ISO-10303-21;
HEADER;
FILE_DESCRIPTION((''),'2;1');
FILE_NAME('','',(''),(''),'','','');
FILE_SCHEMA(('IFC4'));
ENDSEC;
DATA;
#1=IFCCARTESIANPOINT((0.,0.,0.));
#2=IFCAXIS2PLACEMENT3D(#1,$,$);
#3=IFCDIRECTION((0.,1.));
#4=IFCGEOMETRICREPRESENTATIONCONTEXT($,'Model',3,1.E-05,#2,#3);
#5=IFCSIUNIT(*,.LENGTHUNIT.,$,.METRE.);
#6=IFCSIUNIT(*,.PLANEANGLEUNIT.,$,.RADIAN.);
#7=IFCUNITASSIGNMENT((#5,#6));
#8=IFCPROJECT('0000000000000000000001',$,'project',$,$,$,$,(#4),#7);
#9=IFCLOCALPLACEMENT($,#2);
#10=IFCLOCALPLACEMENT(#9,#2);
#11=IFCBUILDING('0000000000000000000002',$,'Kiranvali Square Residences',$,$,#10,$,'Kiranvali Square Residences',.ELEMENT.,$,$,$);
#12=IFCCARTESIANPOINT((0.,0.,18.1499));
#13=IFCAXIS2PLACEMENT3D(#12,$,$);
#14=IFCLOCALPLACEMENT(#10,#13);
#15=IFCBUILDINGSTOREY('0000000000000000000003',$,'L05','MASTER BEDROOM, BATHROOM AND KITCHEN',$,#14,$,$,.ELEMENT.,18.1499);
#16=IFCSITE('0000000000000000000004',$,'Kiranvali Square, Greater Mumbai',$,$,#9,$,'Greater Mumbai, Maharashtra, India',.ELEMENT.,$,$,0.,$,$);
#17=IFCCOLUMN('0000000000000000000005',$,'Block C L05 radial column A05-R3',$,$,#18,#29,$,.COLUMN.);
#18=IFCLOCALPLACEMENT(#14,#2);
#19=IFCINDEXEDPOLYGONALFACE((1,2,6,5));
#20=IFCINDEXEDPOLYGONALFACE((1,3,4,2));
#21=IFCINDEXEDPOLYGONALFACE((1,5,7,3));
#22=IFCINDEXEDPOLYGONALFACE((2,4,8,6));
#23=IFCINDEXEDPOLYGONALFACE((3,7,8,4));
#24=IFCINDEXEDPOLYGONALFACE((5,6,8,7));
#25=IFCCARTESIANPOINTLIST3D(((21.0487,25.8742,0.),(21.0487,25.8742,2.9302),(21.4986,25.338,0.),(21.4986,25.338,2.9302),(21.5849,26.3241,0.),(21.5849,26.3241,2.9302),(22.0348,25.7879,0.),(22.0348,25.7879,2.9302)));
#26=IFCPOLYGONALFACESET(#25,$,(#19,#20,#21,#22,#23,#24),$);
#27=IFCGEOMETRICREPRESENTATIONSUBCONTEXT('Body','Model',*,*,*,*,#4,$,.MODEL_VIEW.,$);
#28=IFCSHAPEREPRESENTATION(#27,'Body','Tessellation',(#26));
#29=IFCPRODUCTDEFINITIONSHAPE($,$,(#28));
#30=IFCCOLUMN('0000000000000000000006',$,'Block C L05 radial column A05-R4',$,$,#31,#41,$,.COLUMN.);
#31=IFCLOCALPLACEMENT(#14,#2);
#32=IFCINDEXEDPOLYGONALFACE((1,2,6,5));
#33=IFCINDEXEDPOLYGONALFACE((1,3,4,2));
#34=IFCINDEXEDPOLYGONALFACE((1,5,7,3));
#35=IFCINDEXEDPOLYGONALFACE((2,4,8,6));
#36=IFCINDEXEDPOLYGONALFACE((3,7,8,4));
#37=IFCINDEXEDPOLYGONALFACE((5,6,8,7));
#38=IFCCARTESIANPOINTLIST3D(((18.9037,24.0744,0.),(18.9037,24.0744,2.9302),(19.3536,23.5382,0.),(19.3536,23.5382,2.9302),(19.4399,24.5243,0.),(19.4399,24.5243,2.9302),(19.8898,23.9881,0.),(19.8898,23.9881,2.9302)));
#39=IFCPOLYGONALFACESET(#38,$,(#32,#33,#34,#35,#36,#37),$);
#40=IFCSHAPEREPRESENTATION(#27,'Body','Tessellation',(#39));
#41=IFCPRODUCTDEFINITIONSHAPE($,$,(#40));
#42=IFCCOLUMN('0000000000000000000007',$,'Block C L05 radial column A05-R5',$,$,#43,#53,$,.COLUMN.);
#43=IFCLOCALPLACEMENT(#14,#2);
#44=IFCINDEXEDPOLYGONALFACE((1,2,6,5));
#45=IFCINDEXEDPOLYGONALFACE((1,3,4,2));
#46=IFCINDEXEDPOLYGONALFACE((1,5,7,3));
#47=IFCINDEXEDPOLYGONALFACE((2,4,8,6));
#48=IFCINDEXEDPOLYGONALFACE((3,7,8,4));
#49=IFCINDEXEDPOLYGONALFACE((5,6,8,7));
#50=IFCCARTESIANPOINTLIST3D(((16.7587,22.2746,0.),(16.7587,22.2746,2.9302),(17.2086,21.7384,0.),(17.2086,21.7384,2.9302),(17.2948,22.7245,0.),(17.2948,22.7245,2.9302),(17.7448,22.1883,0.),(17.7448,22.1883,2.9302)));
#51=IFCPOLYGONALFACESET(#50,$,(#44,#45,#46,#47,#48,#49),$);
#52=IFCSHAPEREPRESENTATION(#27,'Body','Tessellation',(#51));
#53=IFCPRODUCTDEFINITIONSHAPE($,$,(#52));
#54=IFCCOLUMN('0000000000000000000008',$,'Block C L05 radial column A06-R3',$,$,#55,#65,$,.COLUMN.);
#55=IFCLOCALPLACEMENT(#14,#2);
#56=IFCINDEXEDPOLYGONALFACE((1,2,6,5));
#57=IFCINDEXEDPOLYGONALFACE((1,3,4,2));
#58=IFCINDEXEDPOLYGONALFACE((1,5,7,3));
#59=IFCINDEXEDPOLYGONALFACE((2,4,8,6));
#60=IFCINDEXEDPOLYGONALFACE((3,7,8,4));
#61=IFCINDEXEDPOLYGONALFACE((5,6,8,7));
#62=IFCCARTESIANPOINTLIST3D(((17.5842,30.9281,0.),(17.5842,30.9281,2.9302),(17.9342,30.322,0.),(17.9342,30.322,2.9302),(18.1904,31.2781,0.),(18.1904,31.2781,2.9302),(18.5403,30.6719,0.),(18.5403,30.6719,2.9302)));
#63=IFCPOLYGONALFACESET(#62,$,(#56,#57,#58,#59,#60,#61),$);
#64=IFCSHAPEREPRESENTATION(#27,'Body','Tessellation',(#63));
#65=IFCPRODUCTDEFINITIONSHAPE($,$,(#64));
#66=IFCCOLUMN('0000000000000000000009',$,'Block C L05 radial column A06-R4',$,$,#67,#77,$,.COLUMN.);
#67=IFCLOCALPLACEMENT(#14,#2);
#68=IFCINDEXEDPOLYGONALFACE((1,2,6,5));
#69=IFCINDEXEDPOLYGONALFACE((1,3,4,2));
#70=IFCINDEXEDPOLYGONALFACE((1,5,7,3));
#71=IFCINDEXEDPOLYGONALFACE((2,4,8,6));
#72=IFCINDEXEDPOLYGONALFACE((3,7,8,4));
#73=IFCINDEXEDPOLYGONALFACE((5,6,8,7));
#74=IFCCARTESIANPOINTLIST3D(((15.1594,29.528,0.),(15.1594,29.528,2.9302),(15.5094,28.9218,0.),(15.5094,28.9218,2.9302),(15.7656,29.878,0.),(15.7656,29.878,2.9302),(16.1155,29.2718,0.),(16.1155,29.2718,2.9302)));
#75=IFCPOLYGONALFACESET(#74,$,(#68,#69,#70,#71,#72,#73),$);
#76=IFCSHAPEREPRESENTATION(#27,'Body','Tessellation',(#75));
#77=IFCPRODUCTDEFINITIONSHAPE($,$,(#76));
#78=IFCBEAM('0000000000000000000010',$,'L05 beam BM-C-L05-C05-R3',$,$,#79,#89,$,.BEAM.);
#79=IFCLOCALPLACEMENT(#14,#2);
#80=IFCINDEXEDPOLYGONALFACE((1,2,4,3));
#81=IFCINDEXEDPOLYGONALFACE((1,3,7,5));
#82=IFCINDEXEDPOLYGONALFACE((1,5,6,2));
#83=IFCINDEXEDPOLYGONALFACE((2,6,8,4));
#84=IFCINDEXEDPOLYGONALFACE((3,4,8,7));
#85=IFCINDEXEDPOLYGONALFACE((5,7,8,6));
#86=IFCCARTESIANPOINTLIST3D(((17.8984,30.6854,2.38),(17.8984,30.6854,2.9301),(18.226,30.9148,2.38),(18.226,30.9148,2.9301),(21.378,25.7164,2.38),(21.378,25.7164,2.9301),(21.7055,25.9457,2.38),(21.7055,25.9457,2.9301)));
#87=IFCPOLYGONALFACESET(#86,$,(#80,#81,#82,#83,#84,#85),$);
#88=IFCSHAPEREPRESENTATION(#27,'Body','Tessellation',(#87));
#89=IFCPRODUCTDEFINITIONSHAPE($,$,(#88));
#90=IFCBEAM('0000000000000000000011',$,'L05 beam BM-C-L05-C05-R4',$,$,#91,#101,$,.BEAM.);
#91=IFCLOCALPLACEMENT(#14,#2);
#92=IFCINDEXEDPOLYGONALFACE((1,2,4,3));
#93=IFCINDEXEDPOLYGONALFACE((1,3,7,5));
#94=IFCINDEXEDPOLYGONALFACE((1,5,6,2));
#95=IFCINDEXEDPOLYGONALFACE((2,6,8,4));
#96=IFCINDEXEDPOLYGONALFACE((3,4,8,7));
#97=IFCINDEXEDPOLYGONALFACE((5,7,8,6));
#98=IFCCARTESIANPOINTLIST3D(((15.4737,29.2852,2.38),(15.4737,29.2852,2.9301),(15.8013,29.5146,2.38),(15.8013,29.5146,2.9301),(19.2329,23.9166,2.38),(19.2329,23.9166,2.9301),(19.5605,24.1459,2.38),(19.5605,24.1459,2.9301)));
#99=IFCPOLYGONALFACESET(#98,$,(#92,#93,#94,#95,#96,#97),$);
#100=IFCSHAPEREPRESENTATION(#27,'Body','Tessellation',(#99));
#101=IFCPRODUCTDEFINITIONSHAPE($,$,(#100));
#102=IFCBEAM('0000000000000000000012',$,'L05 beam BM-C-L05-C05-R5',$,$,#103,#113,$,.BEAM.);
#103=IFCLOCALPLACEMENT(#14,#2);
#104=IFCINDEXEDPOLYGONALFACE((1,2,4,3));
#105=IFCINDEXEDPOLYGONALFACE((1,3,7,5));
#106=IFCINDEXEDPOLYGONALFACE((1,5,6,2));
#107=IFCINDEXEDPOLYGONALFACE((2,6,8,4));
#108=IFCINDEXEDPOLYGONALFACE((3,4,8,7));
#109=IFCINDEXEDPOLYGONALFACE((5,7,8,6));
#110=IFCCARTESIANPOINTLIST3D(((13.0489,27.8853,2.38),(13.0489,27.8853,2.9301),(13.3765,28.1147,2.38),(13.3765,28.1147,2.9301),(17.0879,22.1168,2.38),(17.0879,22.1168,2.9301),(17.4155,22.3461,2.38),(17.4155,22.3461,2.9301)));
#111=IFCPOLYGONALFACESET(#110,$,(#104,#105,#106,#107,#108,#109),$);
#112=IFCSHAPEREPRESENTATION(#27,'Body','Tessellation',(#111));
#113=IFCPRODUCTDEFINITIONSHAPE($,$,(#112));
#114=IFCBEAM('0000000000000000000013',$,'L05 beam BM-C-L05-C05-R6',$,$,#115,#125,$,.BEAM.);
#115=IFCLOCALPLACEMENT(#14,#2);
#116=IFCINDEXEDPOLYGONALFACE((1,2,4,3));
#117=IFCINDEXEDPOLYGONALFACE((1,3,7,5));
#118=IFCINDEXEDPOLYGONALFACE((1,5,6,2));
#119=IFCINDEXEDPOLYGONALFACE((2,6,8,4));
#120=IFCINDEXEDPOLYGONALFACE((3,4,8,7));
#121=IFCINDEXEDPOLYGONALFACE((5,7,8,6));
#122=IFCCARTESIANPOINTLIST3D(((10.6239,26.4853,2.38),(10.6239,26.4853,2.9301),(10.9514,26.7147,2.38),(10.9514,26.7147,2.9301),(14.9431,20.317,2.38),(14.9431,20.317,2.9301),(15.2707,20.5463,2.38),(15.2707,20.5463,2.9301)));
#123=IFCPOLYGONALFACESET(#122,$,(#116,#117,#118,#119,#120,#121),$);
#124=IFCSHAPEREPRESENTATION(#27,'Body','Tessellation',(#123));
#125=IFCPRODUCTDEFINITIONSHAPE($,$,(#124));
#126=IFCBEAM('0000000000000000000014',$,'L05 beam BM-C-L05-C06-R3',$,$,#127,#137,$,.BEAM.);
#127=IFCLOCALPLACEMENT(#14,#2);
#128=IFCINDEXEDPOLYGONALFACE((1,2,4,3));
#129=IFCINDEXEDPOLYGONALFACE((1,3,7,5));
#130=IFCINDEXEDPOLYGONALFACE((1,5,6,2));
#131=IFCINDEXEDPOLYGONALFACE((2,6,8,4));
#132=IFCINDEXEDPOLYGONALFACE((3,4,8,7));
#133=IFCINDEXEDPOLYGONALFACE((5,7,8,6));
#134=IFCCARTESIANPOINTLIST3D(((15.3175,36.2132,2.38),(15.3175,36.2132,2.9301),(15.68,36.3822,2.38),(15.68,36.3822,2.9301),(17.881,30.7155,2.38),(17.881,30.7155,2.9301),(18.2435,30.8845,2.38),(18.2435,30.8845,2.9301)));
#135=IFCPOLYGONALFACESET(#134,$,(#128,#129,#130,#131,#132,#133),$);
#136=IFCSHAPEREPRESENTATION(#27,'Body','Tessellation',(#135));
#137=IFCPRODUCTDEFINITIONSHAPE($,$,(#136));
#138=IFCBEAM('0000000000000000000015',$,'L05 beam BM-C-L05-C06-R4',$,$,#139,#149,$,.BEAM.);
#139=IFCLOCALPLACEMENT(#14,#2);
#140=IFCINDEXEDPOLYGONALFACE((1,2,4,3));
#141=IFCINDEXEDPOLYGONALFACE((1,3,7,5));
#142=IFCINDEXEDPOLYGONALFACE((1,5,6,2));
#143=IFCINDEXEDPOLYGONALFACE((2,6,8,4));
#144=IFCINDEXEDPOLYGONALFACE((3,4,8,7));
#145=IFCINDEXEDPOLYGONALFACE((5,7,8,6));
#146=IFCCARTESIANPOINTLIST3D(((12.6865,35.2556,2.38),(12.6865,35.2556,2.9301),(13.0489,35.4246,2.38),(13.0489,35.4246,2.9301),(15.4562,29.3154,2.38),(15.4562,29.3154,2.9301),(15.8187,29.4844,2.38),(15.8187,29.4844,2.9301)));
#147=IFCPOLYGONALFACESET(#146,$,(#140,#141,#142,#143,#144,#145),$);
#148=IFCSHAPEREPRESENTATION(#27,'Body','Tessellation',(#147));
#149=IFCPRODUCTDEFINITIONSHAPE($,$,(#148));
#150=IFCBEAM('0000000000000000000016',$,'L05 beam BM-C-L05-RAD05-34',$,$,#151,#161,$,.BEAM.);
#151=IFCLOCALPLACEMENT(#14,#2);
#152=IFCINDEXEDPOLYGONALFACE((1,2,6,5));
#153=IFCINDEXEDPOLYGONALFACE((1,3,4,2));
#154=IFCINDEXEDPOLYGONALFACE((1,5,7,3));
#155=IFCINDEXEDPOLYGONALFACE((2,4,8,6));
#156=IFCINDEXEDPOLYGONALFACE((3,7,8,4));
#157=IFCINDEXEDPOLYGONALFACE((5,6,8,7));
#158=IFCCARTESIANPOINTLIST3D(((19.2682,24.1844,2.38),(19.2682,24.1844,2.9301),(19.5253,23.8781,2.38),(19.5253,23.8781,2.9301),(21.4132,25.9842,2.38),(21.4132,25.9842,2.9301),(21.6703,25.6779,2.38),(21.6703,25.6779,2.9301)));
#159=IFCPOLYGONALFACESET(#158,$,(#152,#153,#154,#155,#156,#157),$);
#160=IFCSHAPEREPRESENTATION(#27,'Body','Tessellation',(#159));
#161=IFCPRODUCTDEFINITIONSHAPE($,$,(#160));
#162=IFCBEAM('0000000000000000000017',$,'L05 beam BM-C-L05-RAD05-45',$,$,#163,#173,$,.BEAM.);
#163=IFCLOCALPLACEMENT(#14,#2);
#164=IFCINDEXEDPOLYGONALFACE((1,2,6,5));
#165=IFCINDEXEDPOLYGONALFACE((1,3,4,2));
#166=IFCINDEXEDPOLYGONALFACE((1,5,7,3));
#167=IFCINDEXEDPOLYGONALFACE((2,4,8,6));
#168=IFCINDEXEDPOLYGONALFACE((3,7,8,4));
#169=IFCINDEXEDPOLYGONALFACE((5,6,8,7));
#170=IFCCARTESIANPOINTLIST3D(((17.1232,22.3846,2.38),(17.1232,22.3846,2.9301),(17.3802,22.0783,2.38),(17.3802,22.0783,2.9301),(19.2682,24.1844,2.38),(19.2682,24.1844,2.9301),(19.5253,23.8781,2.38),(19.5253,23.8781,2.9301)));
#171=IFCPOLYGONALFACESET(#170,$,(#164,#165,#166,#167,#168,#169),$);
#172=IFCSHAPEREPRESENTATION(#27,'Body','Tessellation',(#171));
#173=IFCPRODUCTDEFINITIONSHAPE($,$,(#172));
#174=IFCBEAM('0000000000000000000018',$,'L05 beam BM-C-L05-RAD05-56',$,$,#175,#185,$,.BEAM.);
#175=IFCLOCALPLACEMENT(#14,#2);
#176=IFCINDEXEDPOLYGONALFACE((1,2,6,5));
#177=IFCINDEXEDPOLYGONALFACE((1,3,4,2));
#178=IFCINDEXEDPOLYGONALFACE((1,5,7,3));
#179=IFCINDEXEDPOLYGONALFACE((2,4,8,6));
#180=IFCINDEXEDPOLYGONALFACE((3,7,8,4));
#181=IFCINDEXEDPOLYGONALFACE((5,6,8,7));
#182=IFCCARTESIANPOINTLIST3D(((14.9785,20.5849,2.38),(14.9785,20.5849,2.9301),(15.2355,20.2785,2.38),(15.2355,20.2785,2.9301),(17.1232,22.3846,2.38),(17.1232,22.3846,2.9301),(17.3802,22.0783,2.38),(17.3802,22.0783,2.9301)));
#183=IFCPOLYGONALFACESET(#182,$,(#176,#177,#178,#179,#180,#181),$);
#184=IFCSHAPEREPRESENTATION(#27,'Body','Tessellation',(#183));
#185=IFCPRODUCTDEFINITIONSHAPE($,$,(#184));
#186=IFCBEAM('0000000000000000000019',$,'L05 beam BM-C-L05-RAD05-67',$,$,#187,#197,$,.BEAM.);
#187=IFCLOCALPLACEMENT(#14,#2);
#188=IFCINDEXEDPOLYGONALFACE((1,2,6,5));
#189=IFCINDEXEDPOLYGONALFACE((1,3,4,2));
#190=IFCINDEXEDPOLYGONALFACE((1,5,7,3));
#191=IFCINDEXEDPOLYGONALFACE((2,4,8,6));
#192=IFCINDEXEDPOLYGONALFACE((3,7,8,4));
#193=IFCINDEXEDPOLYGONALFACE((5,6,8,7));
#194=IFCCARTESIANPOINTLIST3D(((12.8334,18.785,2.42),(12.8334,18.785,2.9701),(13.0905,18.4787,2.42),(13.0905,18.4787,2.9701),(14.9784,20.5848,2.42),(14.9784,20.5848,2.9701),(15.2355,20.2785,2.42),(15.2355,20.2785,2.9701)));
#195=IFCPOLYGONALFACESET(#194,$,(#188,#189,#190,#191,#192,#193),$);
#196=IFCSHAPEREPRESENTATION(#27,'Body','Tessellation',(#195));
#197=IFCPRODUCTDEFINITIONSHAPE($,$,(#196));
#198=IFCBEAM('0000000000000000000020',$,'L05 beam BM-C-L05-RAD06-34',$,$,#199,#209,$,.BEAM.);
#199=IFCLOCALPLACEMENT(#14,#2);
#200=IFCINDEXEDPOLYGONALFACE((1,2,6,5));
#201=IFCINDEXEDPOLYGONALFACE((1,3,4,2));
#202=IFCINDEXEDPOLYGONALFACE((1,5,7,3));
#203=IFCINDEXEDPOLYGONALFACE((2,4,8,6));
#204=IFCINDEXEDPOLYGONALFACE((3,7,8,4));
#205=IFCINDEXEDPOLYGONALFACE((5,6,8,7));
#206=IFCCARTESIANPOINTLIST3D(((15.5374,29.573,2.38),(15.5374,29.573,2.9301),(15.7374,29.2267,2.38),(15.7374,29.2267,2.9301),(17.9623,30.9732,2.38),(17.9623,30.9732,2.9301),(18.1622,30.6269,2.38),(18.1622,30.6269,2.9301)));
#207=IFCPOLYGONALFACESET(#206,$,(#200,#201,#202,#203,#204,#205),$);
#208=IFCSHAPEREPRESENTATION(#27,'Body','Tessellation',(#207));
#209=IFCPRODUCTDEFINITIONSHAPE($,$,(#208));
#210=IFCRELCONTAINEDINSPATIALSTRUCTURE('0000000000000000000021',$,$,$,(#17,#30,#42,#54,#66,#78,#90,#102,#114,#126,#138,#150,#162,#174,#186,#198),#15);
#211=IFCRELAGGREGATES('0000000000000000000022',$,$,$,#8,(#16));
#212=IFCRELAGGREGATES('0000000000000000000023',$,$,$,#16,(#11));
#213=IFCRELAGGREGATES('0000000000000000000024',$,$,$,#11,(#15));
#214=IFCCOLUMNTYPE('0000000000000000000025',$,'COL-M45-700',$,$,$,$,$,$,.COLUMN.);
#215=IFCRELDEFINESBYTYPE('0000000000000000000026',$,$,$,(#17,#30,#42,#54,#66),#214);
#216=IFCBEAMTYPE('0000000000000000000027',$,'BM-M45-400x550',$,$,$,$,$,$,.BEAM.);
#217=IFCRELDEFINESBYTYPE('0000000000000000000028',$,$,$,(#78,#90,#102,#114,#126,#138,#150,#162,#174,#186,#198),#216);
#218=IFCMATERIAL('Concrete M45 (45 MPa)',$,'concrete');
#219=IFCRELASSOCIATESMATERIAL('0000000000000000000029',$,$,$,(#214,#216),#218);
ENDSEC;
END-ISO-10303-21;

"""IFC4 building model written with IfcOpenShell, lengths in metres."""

from ifc_helpers import new_model, si_unit, direction, frame, origin, origin_2d, place, context, subcontext, project, spatial, rectangle, extrude, material, material_profile, profile_set, type_object, element, save


model = new_model("IFC4")

# Units and contexts
model_context = context("Model", 3, precision=1e-05, world=origin(), true_north=direction((0.0, 1.0)))
body_context = subcontext(model_context, "Body", "Model", "MODEL_VIEW")
ifc_project = project(units=[si_unit("LENGTHUNIT", "METRE"), si_unit("PLANEANGLEUNIT", "RADIAN")], contexts=[model_context])

# Site, building, storey
site_placement = place(None, origin())
site = spatial("IfcSite", under=ifc_project, at=site_placement, Name="Kiranvali Square, Greater Mumbai", LongName="Greater Mumbai, Maharashtra, India", CompositionType="ELEMENT", RefElevation=0.0)
building_placement = place(site_placement, origin())
building = spatial("IfcBuilding", under=site, at=building_placement, Name="Kiranvali Square Residences", LongName="Kiranvali Square Residences", CompositionType="ELEMENT")
storey_placement = place(building_placement, frame((0.0, 0.0, 18.1499)))
storey = spatial("IfcBuildingStorey", under=building, at=storey_placement, Name="L05", Description="MASTER BEDROOM, BATHROOM AND KITCHEN", CompositionType="ELEMENT", Elevation=18.1499)

# Columns
ifc_material_1 = material(Name="Concrete M45 (45 MPa)", Category="concrete")
ifc_material_profile_1 = material_profile(ifc_material_1, rectangle(XDim=0.7, YDim=0.7, at=origin_2d()), Name="RC 700x700")
ifc_profile_set_1 = profile_set([ifc_material_profile_1], Name="Concrete M45 (45 MPa)")
column_type = type_object("IfcColumnType", Name="COL-M45-700", PredefinedType="COLUMN", material=ifc_profile_set_1)
for number, where, z_axis, x_axis, name in (
    (1, (21.5417, 25.8311, 0.0), (0.0, 0.0, 1.0), (-0.642788, 0.766044, 0.0), "Block C L05 radial column A05-R3"),
    (2, (19.3967, 24.0312, 0.0), (0.0, 0.0, 1.0), (-0.642788, 0.766044, 0.0), "Block C L05 radial column A05-R4"),
    (3, (17.2517, 22.2314, 0.0), (0.0, 0.0, 1.0), (-0.642788, 0.766044, 0.0), "Block C L05 radial column A05-R5"),
    (4, (18.0623, 30.8, 0.0), (0.0, 0.0, 1.0), (-0.5, 0.866025, 0.0), "Block C L05 radial column A06-R3"),
    (5, (15.6375, 29.3999, 0.0), (0.0, 0.0, 1.0), (-0.5, 0.866025, 0.0), "Block C L05 radial column A06-R4"),
):
    element("IfcColumn", number, at=place(storey_placement, frame(where, z_axis=z_axis, x_axis=x_axis)), inside=storey, type_object=column_type, Name=name, PredefinedType="COLUMN", context=body_context, shape_type="SweptSolid", body=[
        extrude(rectangle(XDim=0.7, YDim=0.7, at=origin_2d()), origin(), (0.0, 0.0, 1.0), 2.9302),
    ])

# Beams
ifc_material_profile_2 = material_profile(ifc_material_1, rectangle(XDim=0.3999, YDim=0.55, at=origin_2d()), Name="RC 400x550")
ifc_profile_set_2 = profile_set([ifc_material_profile_2], Name="Concrete M45 (45 MPa)")
beam_type = type_object("IfcBeamType", Name="BM-M45-400x550", PredefinedType="BEAM", material=ifc_profile_set_2)
beam_1_placement = place(storey_placement, frame((21.5417, 25.8311, 2.655), z_axis=(-0.573595, 0.819139, 0.0), x_axis=(-0.819139, -0.573595, 0.0)))
element("IfcBeam", 6, at=beam_1_placement, inside=storey, type_object=beam_type, Name="L05 beam BM-C-L05-C05-R3", PredefinedType="BEAM", context=body_context, shape_type="SweptSolid", body=[
    extrude(rectangle(XDim=0.3999, YDim=0.55, at=origin_2d()), origin(), (0.0, 0.0, 1.0), 6.0662),
])
beam_2_placement = place(storey_placement, frame((19.3967, 24.0312, 2.655), z_axis=(-0.573587, 0.819144, 0.0), x_axis=(-0.819144, -0.573587, 0.0)))
element("IfcBeam", 7, at=beam_2_placement, inside=storey, type_object=beam_type, Name="L05 beam BM-C-L05-C05-R4", PredefinedType="BEAM", context=body_context, shape_type="SweptSolid", body=[
    extrude(rectangle(XDim=0.3999, YDim=0.55, at=origin_2d()), origin(), (0.0, 0.0, 1.0), 6.554),
])
beam_3_placement = place(storey_placement, frame((17.2517, 22.2314, 2.655), z_axis=(-0.573565, 0.81916, 0.0), x_axis=(-0.81916, -0.573565, 0.0)))
element("IfcBeam", 8, at=beam_3_placement, inside=storey, type_object=beam_type, Name="L05 beam BM-C-L05-C05-R5", PredefinedType="BEAM", context=body_context, shape_type="SweptSolid", body=[
    extrude(rectangle(XDim=0.3999, YDim=0.55, at=origin_2d()), origin(), (0.0, 0.0, 1.0), 7.042),
])
beam_4_placement = place(storey_placement, frame((15.1069, 20.4316, 2.655), z_axis=(-0.573589, 0.819144, 0.0), x_axis=(-0.819144, -0.573589, 0.0)))
element("IfcBeam", 9, at=beam_4_placement, inside=storey, type_object=beam_type, Name="L05 beam BM-C-L05-C05-R6", PredefinedType="BEAM", context=body_context, shape_type="SweptSolid", body=[
    extrude(rectangle(XDim=0.3999, YDim=0.55, at=origin_2d()), origin(), (0.0, 0.0, 1.0), 7.5303),
])
beam_5_placement = place(storey_placement, frame((18.0623, 30.8, 2.655), z_axis=(-0.422608, 0.906313, 0.0), x_axis=(-0.906313, -0.422608, 0.0)))
element("IfcBeam", 10, at=beam_5_placement, inside=storey, type_object=beam_type, Name="L05 beam BM-C-L05-C06-R3", PredefinedType="BEAM", context=body_context, shape_type="SweptSolid", body=[
    extrude(rectangle(XDim=0.3999, YDim=0.55, at=origin_2d()), origin(), (0.0, 0.0, 1.0), 6.0659),
])
beam_6_placement = place(storey_placement, frame((15.6375, 29.3999, 2.655), z_axis=(-0.422596, 0.906318, 0.0), x_axis=(-0.906318, -0.422596, 0.0)))
element("IfcBeam", 11, at=beam_6_placement, inside=storey, type_object=beam_type, Name="L05 beam BM-C-L05-C06-R4", PredefinedType="BEAM", context=body_context, shape_type="SweptSolid", body=[
    extrude(rectangle(XDim=0.3999, YDim=0.55, at=origin_2d()), origin(), (0.0, 0.0, 1.0), 6.5542),
])
for number, where, z_axis, x_axis, name in (
    (12, (21.5417, 25.8311, 2.655), (-0.766059, -0.642771, 0.0), (0.642771, -0.766059, 0.0), "L05 beam BM-C-L05-RAD05-34"),
    (13, (19.3967, 24.0312, 2.655), (-0.766059, -0.642771, 0.0), (0.642771, -0.766059, 0.0), "L05 beam BM-C-L05-RAD05-45"),
):
    element("IfcBeam", number, at=place(storey_placement, frame(where, z_axis=z_axis, x_axis=x_axis)), inside=storey, type_object=beam_type, Name=name, PredefinedType="BEAM", context=body_context, shape_type="SweptSolid", body=[
        extrude(rectangle(XDim=0.3999, YDim=0.55, at=origin_2d()), origin(), (0.0, 0.0, 1.0), 2.8),
    ])
beam_7_placement = place(storey_placement, frame((17.2517, 22.2314, 2.655), z_axis=(-0.766023, -0.642814, 0.0), x_axis=(0.642814, -0.766023, 0.0)))
element("IfcBeam", 14, at=beam_7_placement, inside=storey, type_object=beam_type, Name="L05 beam BM-C-L05-RAD05-56", PredefinedType="BEAM", context=body_context, shape_type="SweptSolid", body=[
    extrude(rectangle(XDim=0.3999, YDim=0.55, at=origin_2d()), origin(), (0.0, 0.0, 1.0), 2.7998),
])
for number, where, z_axis, x_axis, name in (
    (15, (15.1069, 20.4316, 2.6951), (-0.766059, -0.642771, 0.0), (0.642771, -0.766059, 0.0), "L05 beam BM-C-L05-RAD05-67"),
    (16, (18.0623, 30.8, 2.655), (-0.865997, -0.50005, 0.0), (0.50005, -0.865997, 0.0), "L05 beam BM-C-L05-RAD06-34"),
):
    element("IfcBeam", number, at=place(storey_placement, frame(where, z_axis=z_axis, x_axis=x_axis)), inside=storey, type_object=beam_type, Name=name, PredefinedType="BEAM", context=body_context, shape_type="SweptSolid", body=[
        extrude(rectangle(XDim=0.3999, YDim=0.55, at=origin_2d()), origin(), (0.0, 0.0, 1.0), 2.8),
    ])

save(model, "model.ifc")
